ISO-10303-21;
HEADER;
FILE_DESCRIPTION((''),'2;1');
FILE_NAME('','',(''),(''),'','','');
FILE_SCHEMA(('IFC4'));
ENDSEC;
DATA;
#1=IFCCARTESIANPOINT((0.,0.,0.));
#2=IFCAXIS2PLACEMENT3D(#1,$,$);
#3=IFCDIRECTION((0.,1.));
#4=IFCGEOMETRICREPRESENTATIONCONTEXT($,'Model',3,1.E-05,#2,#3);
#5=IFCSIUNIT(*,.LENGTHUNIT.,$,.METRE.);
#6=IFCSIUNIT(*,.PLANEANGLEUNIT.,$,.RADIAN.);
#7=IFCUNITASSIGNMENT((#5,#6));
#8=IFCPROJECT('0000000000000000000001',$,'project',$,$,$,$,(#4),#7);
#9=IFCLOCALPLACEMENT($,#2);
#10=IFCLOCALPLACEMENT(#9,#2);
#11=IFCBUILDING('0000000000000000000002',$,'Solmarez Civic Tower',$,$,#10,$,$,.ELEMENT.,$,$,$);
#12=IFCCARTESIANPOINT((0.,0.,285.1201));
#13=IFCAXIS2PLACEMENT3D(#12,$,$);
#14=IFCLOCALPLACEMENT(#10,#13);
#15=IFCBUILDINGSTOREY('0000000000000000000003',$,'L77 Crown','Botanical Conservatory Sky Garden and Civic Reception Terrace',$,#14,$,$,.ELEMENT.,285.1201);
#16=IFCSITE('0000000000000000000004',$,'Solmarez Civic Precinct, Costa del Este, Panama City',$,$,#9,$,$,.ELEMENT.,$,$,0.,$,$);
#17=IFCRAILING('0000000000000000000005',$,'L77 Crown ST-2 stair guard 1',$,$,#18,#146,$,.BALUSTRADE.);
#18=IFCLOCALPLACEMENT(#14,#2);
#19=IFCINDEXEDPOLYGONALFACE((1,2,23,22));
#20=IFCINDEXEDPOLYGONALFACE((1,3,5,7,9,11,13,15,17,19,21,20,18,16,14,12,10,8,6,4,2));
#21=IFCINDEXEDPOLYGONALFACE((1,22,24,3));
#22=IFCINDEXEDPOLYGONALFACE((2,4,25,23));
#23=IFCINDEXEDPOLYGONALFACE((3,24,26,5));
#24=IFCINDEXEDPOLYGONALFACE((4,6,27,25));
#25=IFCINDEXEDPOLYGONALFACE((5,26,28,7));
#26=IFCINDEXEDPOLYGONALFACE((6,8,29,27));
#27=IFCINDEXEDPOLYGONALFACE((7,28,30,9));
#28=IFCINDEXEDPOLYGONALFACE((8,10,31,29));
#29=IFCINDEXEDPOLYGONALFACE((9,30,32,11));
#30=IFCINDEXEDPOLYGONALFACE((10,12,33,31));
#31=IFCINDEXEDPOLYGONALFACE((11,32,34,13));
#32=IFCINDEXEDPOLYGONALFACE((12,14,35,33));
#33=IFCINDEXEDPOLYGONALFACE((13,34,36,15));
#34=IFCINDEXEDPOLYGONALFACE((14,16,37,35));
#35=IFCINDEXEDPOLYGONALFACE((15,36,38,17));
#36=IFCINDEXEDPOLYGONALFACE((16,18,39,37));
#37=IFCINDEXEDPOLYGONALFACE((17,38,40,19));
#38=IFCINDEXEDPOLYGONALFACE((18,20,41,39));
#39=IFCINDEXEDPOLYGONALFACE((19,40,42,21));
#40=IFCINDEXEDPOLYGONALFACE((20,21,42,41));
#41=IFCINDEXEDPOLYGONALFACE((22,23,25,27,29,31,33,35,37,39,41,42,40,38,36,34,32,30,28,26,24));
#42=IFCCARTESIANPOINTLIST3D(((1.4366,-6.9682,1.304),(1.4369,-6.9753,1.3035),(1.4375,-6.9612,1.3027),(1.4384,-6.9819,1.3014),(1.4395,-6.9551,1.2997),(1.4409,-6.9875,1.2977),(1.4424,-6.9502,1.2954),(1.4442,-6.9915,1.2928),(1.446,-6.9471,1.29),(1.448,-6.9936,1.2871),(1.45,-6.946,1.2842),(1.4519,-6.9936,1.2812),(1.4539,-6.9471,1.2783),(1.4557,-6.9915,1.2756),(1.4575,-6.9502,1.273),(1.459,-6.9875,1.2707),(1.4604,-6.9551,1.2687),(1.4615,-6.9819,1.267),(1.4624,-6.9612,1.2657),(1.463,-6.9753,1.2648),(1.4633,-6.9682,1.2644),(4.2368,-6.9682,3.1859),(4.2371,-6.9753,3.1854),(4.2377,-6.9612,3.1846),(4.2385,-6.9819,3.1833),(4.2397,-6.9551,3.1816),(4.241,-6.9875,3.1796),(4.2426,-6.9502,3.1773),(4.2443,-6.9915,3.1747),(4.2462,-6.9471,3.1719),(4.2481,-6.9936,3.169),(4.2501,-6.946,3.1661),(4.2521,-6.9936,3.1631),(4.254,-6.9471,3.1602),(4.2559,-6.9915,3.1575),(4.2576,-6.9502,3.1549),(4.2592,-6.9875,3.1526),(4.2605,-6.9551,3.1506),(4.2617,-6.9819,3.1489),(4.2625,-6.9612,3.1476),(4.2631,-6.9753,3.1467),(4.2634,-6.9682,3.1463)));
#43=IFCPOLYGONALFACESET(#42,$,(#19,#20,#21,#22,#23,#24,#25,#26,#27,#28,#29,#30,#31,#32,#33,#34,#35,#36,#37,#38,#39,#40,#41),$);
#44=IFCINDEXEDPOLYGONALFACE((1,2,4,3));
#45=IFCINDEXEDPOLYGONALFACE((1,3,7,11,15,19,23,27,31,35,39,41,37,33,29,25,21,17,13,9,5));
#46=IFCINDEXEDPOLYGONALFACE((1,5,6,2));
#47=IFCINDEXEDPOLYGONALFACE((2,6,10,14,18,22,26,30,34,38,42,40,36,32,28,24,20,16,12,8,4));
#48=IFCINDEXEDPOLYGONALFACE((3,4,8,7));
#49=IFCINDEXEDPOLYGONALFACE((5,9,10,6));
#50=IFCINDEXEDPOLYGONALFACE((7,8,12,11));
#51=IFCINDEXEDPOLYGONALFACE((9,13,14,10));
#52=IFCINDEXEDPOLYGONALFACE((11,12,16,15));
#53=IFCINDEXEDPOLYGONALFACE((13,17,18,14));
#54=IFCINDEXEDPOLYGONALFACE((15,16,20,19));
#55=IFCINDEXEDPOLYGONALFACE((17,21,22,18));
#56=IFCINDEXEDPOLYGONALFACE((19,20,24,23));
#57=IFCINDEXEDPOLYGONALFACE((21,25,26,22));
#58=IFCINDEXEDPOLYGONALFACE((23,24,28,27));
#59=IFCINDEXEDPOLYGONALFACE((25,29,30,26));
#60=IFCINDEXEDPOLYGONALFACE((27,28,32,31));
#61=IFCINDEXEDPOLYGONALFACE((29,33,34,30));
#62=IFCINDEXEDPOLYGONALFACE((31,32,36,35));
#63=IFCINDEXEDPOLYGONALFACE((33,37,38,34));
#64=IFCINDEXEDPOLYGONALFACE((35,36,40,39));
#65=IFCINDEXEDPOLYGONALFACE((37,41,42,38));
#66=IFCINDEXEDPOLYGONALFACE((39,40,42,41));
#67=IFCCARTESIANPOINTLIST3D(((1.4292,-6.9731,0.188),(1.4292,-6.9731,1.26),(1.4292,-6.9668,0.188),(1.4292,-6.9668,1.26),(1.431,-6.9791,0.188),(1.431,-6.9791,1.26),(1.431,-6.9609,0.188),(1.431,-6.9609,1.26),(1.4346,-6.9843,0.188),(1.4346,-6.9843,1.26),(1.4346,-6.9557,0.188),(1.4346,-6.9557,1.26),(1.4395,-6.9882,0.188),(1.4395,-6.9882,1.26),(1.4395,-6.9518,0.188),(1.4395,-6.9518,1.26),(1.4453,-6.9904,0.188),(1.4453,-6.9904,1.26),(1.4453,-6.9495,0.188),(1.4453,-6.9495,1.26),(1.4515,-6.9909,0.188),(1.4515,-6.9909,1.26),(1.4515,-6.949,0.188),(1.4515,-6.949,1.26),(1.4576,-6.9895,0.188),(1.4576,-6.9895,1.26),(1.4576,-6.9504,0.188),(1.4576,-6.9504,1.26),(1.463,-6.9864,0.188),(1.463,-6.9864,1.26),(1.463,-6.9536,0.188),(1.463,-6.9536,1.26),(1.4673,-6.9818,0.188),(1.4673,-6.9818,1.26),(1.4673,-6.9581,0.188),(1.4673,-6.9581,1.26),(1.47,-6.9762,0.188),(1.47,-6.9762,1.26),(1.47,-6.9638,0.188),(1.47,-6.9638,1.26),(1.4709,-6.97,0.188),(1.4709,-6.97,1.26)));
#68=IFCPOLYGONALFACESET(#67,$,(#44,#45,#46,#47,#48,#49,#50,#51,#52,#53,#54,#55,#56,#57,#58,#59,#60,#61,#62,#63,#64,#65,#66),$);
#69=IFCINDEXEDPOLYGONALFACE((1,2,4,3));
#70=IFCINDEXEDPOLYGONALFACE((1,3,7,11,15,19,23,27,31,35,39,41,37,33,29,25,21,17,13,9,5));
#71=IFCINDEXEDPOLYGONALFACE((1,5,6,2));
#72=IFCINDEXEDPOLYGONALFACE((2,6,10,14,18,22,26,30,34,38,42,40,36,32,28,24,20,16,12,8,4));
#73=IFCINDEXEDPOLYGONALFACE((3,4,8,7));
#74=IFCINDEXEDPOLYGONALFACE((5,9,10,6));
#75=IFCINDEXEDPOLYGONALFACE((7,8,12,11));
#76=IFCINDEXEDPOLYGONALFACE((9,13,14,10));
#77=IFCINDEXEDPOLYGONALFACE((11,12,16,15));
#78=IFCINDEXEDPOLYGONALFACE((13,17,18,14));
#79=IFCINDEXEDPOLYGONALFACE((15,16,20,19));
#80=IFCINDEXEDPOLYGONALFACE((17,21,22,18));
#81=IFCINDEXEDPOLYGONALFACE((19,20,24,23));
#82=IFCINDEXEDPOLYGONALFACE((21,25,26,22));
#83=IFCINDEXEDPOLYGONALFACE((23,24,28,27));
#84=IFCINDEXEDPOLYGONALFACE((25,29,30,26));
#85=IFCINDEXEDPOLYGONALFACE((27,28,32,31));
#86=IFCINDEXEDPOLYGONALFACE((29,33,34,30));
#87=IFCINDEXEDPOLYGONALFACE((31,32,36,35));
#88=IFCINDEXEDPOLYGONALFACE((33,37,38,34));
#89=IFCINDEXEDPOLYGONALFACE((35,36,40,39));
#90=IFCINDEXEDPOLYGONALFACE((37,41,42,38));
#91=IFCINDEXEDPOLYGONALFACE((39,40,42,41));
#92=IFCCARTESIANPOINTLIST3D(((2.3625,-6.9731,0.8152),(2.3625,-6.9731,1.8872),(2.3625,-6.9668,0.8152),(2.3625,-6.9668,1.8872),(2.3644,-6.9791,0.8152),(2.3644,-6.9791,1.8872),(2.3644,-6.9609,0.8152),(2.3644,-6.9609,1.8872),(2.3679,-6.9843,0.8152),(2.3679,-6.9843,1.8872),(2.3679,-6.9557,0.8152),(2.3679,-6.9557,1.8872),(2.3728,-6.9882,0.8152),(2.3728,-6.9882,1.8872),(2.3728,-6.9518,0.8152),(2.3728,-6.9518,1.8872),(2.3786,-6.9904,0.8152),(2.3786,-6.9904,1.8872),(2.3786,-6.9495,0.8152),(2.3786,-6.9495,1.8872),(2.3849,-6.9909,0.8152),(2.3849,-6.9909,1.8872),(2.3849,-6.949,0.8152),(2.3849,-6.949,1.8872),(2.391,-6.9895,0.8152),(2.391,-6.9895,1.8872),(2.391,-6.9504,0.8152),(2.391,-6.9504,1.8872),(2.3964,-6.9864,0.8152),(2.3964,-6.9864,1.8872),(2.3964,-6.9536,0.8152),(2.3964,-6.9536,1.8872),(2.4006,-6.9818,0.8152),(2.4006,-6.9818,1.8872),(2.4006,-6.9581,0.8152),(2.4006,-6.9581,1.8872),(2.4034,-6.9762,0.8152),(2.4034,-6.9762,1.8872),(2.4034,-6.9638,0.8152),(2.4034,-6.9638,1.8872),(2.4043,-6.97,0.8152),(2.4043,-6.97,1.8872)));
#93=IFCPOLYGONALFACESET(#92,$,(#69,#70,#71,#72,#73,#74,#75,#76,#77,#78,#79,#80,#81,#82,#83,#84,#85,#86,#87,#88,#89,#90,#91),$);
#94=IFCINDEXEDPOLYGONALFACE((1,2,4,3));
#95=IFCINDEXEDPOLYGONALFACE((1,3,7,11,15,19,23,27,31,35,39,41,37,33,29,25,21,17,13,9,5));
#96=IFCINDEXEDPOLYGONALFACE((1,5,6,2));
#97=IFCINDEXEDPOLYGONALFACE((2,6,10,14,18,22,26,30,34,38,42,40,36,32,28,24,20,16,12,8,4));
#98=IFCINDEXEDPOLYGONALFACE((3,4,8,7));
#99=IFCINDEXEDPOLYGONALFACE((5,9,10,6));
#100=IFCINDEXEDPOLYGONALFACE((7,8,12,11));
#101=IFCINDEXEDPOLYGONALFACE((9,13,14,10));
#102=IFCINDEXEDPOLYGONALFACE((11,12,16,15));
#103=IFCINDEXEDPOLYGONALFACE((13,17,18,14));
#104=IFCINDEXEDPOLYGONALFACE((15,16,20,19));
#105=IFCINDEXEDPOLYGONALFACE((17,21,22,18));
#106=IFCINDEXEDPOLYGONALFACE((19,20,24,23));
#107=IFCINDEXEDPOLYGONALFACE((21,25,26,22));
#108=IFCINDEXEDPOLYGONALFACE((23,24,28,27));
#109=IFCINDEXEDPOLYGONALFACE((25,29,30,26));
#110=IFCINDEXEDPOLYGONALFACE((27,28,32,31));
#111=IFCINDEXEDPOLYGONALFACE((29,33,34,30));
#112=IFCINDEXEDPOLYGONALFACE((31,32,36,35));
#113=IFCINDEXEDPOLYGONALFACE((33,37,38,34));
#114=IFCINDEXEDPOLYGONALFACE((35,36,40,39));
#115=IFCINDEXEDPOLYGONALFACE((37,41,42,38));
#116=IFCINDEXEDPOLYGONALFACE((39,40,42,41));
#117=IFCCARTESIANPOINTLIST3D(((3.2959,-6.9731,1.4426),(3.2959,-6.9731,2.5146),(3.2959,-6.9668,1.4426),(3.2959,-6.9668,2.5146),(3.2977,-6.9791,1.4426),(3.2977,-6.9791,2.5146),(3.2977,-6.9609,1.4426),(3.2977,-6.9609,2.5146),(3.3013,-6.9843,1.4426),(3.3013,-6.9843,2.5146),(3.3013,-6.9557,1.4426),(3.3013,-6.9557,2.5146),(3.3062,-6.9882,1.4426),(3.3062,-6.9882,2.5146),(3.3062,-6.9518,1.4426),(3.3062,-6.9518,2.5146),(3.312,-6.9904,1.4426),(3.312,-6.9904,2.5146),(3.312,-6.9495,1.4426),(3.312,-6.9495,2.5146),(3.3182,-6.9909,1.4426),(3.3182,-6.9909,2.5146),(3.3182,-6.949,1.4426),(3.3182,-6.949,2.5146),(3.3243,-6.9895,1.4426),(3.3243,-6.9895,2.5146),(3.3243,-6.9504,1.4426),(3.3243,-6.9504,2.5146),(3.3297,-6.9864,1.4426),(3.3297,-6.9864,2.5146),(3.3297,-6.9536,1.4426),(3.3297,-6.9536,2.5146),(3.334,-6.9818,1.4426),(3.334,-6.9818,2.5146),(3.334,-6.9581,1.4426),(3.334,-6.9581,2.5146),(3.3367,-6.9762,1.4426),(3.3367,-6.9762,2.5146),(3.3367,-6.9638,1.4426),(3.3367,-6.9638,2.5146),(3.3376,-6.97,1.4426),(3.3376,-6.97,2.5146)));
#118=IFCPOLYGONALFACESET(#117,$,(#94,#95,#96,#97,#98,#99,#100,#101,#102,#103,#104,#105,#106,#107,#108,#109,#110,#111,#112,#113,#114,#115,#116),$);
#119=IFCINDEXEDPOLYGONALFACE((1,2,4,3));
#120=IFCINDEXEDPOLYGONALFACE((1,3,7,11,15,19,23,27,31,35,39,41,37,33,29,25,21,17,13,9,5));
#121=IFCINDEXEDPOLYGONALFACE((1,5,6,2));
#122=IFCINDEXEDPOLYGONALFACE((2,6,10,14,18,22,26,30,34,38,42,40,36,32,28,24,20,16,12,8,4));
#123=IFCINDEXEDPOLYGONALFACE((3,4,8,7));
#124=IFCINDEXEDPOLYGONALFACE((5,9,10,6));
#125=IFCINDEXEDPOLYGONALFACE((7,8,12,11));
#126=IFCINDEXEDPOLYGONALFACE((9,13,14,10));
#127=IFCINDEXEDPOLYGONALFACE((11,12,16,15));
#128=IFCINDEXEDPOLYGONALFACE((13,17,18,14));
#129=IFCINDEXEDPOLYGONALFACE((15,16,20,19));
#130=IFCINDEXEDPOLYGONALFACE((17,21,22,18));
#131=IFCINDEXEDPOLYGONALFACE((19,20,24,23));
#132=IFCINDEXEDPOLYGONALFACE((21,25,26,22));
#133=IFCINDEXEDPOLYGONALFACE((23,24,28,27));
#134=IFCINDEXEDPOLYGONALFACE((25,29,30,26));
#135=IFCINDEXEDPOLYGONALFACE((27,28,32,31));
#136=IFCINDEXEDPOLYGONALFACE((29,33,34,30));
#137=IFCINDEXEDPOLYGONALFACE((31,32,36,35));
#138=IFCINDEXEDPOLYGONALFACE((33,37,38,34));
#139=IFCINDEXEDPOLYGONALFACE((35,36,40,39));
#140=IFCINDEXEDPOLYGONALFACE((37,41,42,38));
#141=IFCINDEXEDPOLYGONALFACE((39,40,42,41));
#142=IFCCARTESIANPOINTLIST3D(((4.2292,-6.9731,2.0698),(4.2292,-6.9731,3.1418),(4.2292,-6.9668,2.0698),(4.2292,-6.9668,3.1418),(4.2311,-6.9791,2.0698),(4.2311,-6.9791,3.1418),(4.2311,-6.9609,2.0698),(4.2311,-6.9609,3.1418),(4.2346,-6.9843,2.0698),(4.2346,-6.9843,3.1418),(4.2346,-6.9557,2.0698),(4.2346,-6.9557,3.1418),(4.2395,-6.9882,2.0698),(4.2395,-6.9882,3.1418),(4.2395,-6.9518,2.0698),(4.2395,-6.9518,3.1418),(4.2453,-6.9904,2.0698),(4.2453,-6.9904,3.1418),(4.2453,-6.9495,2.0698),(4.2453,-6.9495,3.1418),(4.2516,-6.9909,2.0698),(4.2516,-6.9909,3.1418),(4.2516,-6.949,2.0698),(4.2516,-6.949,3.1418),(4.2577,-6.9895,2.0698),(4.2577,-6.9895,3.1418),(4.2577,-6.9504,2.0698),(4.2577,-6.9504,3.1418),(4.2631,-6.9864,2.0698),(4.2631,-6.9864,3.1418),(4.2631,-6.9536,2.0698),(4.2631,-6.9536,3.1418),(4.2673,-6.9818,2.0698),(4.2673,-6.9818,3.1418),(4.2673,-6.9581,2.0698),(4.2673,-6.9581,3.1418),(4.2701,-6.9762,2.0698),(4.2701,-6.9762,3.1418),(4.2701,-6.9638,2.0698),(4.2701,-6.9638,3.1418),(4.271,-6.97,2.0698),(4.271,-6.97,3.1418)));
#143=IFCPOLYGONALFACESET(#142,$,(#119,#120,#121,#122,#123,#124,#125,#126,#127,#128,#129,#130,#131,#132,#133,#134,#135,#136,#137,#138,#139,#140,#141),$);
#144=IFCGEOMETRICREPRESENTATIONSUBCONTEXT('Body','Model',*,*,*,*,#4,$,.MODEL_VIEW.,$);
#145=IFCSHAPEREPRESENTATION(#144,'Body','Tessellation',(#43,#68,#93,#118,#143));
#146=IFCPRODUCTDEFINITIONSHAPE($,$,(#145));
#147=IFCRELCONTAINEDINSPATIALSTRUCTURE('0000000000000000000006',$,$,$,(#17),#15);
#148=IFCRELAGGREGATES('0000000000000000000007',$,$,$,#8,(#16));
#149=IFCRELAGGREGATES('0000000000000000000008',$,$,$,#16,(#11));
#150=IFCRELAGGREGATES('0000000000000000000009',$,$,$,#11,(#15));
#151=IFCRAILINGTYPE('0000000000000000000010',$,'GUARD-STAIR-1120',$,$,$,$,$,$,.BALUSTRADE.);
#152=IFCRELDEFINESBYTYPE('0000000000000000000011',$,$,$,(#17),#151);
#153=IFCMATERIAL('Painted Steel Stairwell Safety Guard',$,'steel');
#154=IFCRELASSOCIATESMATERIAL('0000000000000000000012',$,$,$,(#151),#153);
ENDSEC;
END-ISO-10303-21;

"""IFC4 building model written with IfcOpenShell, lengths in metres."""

from ifc_helpers import new_model, si_unit, direction, frame, origin, origin_2d, place, context, subcontext, project, spatial, circle, extrude, material, type_object, element, save


model = new_model("IFC4")

# Units and contexts
model_context = context("Model", 3, precision=1e-05, world=origin(), true_north=direction((0.0, 1.0)))
body_context = subcontext(model_context, "Body", "Model", "MODEL_VIEW")
ifc_project = project(units=[si_unit("LENGTHUNIT", "METRE"), si_unit("PLANEANGLEUNIT", "RADIAN")], contexts=[model_context])

# Site, building, storey
site_placement = place(None, origin())
site = spatial("IfcSite", under=ifc_project, at=site_placement, Name="Solmarez Civic Precinct, Costa del Este, Panama City", CompositionType="ELEMENT", RefElevation=0.0)
building_placement = place(site_placement, origin())
building = spatial("IfcBuilding", under=site, at=building_placement, Name="Solmarez Civic Tower", CompositionType="ELEMENT")
storey_placement = place(building_placement, frame((0.0, 0.0, 285.1201)))
storey = spatial("IfcBuildingStorey", under=building, at=storey_placement, Name="L77 Crown", Description="Botanical Conservatory Sky Garden and Civic Reception Terrace", CompositionType="ELEMENT", Elevation=285.1201)

# Railing
ifc_material_1 = material(Name="Painted Steel Stairwell Safety Guard", Category="steel")
railing_type_1 = type_object("IfcRailingType", Name="GUARD-STAIR-1120", PredefinedType="BALUSTRADE", material=ifc_material_1)
railing_1_placement = place(storey_placement, frame((1.45, -6.97, 0.188)))
element("IfcRailing", 1, at=railing_1_placement, inside=storey, type_object=railing_type_1, Name="L77 Crown ST-2 stair guard 1", PredefinedType="BALUSTRADE", context=body_context, shape_type="SweptSolid", body=[
    extrude(circle(Radius=0.0239, at=origin_2d()), frame((0.0, 0.0, 1.0962), z_axis=(0.829974, 0.0, 0.557803), x_axis=(0.0, 1.0, 0.0)), (0.0, 0.0, 1.0), 3.3738),
    extrude(circle(Radius=0.021, at=origin_2d()), origin(), (0.0, 0.0, 1.0), 1.072),
    extrude(circle(Radius=0.021, at=origin_2d()), frame((0.9333, 0.0, 0.6272)), (0.0, 0.0, 1.0), 1.072),
    extrude(circle(Radius=0.021, at=origin_2d()), frame((1.8667, 0.0, 1.2546)), (0.0, 0.0, 1.0), 1.072),
    extrude(circle(Radius=0.021, at=origin_2d()), frame((2.8, 0.0, 1.8818)), (0.0, 0.0, 1.0), 1.072),
])

save(model, "model.ifc")
